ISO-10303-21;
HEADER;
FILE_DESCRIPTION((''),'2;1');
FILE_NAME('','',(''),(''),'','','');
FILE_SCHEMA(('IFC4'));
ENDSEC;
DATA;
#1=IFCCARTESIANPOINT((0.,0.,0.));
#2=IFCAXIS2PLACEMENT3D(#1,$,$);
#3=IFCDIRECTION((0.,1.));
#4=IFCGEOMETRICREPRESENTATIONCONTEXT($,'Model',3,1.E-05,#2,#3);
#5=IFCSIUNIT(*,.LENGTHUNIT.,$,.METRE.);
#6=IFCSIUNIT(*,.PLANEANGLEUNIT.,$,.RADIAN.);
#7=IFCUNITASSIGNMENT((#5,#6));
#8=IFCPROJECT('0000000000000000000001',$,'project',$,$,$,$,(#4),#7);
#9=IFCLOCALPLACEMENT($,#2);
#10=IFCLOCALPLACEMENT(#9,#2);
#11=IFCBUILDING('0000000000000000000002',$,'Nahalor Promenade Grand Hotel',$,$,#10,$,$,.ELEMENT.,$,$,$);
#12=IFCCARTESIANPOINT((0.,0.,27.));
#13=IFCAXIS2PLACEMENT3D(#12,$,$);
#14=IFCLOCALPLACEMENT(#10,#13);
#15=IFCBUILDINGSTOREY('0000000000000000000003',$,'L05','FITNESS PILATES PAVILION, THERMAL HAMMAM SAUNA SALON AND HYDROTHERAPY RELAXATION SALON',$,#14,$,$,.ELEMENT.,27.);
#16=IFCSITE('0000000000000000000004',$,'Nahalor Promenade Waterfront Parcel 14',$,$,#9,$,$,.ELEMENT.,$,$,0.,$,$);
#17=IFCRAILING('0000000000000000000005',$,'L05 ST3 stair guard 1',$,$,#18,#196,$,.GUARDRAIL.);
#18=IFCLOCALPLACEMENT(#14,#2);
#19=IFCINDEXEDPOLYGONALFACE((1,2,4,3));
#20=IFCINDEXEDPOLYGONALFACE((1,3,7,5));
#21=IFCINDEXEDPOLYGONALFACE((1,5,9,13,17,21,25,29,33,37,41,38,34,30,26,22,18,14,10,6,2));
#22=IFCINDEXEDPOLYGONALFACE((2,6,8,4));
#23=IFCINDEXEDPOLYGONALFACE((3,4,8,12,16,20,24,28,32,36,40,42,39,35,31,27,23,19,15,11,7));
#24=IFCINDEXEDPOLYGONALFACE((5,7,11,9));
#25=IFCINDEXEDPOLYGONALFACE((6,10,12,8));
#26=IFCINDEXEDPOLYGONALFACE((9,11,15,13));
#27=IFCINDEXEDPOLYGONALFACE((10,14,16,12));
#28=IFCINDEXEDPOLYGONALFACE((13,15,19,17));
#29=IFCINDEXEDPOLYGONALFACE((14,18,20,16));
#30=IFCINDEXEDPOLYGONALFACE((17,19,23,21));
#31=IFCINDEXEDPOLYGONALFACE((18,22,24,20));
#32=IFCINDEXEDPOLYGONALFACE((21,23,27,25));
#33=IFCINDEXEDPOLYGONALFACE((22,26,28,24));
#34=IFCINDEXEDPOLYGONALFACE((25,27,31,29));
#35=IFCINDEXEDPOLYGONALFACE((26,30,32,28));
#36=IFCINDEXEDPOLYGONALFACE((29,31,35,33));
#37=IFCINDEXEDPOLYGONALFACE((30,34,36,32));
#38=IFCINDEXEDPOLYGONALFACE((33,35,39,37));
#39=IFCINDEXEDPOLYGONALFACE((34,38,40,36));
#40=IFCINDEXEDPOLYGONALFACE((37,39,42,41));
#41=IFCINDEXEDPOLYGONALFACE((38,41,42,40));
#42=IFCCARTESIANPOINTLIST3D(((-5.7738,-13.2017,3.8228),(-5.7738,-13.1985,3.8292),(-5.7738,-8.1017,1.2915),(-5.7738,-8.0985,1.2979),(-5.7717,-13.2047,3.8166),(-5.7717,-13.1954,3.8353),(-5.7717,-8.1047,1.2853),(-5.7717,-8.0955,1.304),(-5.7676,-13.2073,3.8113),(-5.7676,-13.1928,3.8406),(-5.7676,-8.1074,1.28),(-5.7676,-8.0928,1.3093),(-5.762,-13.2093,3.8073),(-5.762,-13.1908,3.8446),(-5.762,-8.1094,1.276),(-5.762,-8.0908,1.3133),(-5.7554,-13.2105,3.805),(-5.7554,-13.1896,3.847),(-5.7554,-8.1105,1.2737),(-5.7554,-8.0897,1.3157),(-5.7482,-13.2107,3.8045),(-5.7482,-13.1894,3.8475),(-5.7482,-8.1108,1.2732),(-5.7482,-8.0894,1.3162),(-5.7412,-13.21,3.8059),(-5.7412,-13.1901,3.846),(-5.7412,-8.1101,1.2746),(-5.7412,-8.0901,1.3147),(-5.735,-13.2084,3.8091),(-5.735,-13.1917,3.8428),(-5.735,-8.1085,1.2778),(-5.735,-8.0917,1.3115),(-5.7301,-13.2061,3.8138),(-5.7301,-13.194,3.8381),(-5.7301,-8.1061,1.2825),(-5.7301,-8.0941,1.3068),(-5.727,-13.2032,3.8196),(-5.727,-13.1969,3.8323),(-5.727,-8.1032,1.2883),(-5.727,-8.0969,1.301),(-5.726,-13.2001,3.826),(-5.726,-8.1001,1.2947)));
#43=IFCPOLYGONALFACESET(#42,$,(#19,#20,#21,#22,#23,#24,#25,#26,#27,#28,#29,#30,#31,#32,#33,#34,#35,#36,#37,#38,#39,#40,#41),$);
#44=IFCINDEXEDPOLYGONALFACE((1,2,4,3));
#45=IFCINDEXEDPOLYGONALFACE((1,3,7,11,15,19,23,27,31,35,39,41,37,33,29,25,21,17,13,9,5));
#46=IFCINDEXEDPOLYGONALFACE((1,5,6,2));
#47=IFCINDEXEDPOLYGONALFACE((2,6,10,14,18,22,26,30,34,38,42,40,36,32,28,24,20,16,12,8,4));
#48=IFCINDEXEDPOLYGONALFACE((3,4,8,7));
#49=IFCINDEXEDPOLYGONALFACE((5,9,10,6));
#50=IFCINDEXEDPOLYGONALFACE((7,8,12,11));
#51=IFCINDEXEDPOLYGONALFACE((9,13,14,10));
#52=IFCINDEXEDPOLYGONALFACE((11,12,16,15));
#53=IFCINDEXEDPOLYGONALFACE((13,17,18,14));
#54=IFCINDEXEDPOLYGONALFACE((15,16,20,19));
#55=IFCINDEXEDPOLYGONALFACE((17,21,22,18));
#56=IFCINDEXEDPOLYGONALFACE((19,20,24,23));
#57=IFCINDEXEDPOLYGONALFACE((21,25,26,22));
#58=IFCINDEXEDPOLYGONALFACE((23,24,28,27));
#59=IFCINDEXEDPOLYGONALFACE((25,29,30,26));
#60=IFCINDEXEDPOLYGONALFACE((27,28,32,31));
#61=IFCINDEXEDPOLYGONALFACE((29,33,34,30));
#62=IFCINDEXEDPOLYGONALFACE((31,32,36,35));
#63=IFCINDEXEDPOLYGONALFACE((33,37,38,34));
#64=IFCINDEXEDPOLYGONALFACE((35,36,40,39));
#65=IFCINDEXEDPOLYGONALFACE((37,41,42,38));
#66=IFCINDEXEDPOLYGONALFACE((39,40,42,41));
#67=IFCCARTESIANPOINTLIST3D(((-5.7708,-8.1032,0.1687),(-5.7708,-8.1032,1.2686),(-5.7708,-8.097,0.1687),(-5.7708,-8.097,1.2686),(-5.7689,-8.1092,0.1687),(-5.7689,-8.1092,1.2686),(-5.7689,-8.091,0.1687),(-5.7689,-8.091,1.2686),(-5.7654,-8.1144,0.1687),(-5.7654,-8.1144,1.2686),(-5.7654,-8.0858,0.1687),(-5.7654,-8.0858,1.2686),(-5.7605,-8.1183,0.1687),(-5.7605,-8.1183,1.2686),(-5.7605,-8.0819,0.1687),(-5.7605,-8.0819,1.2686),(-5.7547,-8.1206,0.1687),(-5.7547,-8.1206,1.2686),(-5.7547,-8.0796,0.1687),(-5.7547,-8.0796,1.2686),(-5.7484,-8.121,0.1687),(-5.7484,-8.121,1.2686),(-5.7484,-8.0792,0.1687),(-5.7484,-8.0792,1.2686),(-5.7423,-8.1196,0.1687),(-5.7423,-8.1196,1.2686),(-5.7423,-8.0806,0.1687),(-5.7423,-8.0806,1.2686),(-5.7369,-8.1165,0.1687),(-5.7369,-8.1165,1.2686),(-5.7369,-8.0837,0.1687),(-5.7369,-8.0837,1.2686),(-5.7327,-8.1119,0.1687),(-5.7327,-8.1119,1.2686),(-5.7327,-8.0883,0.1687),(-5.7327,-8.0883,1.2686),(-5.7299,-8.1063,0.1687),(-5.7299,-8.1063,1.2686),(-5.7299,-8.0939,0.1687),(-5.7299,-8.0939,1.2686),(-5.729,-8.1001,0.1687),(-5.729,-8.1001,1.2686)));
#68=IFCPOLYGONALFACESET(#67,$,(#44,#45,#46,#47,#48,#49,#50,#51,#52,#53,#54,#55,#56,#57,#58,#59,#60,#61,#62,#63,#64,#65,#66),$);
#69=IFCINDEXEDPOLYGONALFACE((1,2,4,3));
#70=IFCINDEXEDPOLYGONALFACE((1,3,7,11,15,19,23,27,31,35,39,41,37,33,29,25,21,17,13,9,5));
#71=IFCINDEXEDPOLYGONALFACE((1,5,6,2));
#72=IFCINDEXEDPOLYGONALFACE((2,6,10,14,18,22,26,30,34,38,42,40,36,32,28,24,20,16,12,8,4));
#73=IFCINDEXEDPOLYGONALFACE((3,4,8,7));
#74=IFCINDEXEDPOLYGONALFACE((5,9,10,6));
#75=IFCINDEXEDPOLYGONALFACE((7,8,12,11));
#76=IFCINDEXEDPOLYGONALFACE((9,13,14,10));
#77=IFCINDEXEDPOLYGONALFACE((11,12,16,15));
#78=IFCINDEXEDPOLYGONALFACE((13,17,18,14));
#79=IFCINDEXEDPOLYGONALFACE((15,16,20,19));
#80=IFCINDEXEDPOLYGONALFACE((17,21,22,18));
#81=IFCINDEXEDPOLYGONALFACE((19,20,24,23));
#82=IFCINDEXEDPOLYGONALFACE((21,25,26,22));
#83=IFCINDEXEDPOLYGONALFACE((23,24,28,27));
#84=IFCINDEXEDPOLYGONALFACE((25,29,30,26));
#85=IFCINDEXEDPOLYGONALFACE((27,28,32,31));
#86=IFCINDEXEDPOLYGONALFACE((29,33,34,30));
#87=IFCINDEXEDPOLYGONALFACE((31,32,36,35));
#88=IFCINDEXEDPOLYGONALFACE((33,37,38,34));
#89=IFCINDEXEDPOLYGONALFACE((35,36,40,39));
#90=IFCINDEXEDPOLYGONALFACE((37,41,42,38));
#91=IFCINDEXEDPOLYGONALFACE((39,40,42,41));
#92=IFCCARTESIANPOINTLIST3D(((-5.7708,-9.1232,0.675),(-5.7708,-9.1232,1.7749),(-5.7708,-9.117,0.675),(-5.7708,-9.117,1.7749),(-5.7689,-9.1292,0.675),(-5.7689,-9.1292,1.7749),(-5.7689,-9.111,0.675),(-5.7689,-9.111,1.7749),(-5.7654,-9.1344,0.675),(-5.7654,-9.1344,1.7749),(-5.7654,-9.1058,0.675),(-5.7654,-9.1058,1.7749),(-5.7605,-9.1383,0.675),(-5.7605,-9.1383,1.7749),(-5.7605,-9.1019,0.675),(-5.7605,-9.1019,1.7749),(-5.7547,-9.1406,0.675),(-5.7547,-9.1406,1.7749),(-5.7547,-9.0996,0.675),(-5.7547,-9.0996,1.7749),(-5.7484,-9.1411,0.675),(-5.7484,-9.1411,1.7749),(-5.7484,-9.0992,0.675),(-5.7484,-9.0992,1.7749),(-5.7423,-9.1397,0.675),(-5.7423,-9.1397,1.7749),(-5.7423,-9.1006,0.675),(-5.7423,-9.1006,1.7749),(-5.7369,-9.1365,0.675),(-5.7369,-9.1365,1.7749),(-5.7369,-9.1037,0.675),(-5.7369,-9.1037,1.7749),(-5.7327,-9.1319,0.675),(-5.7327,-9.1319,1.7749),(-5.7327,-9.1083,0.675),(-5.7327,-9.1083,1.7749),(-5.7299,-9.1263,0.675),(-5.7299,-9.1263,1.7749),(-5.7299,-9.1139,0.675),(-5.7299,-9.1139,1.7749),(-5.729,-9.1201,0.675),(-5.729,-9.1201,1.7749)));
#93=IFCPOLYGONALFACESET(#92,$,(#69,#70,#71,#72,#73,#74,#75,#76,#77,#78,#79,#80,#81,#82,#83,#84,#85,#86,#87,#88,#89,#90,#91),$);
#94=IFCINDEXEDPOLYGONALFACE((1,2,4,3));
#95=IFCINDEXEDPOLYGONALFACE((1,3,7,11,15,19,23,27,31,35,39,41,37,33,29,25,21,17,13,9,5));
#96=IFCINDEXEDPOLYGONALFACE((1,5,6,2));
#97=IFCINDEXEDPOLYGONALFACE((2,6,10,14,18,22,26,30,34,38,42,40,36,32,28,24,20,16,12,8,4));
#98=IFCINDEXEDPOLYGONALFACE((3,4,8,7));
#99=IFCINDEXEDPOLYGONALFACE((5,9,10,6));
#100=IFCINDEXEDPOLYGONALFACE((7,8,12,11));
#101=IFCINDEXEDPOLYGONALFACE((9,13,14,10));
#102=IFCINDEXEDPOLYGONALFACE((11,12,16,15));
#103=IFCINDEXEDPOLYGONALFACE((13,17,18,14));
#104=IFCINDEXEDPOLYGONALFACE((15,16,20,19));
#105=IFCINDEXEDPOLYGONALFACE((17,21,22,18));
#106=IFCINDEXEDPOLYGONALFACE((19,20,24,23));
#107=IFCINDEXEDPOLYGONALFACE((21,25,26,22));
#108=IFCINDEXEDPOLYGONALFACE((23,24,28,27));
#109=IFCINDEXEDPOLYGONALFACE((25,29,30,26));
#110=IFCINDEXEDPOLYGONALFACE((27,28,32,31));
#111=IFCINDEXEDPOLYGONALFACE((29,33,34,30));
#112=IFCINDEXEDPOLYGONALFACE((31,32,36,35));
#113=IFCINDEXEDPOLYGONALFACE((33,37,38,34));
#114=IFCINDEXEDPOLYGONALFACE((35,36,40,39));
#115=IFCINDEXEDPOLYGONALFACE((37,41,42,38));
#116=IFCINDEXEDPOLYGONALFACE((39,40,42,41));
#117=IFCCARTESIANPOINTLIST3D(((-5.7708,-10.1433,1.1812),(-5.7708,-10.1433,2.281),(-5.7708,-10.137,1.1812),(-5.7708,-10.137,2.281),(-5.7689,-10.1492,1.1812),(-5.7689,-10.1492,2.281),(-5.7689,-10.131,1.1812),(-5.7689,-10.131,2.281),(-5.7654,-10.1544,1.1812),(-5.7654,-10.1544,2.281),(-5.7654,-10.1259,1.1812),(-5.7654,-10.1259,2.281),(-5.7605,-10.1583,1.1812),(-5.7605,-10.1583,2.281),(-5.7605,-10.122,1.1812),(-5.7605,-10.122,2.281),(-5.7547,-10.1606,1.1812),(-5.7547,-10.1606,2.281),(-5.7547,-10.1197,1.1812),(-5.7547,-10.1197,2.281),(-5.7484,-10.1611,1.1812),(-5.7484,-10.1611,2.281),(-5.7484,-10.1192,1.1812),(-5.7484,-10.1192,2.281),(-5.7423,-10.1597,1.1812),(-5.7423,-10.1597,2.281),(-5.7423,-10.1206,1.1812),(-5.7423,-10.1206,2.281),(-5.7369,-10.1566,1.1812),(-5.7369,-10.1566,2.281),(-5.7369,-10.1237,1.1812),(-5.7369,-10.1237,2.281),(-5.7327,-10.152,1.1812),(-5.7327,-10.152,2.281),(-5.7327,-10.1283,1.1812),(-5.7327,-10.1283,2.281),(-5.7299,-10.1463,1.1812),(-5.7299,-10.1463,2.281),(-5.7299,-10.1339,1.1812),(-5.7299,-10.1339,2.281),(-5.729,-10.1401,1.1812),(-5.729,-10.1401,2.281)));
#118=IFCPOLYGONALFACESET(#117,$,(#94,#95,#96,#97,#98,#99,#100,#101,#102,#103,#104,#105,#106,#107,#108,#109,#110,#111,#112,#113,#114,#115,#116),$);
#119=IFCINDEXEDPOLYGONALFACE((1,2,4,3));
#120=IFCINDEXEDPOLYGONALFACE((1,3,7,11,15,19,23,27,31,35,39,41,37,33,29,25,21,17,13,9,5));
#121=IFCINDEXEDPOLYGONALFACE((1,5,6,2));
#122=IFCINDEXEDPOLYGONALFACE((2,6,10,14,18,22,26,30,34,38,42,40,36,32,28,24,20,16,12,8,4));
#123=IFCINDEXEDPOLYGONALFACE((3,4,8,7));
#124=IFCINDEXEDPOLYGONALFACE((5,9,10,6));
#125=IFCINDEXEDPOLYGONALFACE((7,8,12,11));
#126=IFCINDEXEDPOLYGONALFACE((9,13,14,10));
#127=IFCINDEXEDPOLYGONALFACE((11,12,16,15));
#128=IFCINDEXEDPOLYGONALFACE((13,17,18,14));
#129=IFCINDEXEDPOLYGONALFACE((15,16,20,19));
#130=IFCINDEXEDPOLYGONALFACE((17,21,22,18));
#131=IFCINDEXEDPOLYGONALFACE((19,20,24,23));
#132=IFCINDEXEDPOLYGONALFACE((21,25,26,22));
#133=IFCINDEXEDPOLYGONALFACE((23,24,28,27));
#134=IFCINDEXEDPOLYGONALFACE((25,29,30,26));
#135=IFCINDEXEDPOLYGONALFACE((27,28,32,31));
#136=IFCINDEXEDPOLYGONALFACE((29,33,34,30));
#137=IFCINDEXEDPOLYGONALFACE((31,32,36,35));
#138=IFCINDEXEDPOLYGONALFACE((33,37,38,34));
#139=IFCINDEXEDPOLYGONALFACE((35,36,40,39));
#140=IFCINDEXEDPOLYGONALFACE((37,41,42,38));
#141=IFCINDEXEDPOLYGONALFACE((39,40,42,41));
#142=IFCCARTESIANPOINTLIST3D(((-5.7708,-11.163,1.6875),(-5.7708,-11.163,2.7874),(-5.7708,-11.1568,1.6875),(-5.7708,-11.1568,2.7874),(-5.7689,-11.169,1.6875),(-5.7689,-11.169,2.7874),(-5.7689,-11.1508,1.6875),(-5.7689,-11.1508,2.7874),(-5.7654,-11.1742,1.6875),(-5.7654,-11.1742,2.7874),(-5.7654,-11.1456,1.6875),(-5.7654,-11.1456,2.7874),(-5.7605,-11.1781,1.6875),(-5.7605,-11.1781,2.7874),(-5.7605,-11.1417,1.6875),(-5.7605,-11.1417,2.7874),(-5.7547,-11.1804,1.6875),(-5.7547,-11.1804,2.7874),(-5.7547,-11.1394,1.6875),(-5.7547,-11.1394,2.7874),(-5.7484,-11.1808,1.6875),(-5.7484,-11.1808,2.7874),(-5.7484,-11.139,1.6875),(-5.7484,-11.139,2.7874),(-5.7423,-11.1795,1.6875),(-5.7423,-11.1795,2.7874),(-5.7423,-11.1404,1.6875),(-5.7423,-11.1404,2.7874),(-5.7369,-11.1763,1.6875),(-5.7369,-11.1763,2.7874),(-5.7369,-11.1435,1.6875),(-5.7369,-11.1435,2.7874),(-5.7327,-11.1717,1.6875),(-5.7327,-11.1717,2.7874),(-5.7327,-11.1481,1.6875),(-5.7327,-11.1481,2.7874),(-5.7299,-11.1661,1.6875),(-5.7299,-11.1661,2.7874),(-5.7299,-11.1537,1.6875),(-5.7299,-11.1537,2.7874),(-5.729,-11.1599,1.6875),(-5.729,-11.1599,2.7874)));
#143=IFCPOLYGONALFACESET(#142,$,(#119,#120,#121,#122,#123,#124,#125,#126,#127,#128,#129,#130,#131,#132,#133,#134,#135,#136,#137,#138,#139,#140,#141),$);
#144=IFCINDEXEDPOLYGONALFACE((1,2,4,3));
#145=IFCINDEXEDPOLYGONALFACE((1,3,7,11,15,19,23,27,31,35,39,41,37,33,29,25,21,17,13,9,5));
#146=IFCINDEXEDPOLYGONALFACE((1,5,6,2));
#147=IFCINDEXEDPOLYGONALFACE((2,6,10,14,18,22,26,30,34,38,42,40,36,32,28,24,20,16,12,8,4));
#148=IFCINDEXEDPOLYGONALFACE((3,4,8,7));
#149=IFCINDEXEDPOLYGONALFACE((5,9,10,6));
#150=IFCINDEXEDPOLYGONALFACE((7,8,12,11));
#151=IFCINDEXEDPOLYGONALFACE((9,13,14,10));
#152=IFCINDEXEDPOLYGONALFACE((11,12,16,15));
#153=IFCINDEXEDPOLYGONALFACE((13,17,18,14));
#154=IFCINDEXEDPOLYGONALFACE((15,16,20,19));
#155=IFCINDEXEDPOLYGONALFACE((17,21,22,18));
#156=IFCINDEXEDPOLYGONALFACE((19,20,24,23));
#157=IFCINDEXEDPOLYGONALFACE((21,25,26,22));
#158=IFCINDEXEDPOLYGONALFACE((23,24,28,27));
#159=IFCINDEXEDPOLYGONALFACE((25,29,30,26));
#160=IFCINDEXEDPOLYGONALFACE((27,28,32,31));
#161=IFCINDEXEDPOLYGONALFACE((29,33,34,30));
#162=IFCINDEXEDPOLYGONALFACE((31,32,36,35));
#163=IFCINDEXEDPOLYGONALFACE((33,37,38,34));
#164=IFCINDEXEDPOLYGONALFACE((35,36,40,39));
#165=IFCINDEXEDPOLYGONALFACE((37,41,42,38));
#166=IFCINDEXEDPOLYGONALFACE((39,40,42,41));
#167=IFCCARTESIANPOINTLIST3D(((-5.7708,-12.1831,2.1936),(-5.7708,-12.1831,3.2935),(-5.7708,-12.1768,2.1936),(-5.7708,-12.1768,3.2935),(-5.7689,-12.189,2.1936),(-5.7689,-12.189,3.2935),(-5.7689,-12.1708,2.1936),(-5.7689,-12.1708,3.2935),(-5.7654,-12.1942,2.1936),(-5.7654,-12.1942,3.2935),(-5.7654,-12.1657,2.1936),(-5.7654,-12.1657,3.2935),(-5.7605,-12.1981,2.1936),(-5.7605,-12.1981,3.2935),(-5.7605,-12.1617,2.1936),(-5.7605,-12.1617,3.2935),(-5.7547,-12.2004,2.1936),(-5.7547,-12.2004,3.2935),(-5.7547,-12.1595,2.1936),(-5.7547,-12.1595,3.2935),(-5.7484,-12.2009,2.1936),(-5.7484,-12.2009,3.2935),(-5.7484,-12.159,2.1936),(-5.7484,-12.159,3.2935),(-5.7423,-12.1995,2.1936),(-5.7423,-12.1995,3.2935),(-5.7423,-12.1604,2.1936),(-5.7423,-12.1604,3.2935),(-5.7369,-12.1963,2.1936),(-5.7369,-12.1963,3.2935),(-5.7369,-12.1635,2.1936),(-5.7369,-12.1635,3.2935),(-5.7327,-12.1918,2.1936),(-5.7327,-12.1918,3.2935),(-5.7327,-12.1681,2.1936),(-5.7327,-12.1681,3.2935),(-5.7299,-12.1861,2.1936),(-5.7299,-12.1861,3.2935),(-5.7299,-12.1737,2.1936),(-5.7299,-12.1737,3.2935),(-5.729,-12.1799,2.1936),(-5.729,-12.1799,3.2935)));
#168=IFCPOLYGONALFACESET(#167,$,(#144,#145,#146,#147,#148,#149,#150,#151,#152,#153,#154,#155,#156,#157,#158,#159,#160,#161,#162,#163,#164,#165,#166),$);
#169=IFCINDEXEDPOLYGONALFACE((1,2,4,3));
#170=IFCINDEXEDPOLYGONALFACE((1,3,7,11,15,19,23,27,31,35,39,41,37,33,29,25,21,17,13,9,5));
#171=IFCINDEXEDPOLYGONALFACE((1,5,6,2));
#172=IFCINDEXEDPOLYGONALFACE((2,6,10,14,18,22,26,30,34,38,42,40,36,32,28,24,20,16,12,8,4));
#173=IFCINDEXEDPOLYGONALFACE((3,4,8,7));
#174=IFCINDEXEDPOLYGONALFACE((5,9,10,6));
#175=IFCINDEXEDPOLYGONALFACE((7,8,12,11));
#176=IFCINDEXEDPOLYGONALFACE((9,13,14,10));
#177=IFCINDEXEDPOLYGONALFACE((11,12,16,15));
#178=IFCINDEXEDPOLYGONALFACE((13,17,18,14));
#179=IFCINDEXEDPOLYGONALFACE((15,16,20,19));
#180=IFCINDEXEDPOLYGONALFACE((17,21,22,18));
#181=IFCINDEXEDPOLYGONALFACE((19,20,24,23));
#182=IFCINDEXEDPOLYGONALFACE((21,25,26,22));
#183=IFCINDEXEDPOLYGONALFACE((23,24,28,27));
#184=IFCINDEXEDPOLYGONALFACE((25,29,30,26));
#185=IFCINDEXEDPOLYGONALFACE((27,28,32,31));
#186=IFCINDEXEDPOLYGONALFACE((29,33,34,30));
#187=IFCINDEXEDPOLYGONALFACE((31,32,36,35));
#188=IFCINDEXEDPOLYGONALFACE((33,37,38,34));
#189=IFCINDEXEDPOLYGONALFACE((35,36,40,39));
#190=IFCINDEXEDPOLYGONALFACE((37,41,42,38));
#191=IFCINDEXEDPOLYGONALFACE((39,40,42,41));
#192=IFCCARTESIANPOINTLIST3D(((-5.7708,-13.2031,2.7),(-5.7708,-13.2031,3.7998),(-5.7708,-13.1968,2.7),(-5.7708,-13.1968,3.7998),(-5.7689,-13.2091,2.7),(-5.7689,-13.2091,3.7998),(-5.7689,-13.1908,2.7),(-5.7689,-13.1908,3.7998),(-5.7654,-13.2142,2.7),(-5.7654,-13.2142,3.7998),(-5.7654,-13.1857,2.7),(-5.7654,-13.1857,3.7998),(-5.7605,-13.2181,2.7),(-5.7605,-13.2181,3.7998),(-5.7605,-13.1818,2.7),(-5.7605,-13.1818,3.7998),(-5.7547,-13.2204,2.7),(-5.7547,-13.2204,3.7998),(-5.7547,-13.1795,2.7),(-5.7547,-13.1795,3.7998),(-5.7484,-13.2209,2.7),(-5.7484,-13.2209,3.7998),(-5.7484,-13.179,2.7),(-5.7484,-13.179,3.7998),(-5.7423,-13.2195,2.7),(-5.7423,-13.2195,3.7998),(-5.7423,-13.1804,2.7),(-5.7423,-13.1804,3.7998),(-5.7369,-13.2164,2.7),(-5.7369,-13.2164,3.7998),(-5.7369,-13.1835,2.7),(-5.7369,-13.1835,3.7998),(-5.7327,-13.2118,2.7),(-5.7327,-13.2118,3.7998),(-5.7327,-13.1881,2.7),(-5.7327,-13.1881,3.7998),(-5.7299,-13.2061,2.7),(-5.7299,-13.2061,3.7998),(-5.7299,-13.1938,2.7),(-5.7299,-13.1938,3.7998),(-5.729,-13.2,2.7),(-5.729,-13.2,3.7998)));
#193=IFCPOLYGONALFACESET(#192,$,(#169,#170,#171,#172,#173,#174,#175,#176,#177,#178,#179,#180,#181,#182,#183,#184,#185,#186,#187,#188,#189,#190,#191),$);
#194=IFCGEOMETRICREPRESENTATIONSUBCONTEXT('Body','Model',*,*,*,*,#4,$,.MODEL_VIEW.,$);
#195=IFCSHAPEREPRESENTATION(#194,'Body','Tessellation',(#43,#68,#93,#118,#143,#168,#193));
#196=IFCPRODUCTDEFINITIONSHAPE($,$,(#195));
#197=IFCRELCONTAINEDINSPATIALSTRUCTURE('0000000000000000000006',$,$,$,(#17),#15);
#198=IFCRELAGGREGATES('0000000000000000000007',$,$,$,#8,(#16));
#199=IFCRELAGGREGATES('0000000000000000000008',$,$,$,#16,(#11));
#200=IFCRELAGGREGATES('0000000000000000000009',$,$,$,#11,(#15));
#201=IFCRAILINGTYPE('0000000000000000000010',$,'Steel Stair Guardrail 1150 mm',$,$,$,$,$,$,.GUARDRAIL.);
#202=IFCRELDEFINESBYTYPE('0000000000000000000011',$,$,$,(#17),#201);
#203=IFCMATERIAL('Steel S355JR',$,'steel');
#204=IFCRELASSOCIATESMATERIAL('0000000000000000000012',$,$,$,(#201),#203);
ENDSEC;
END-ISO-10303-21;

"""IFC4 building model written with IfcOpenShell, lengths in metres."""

from ifc_helpers import new_model, si_unit, direction, frame, origin, origin_2d, place, context, subcontext, project, spatial, circle, extrude, material, type_object, element, save


model = new_model("IFC4")

# Units and contexts
model_context = context("Model", 3, precision=1e-05, world=origin(), true_north=direction((0.0, 1.0)))
body_context = subcontext(model_context, "Body", "Model", "MODEL_VIEW")
ifc_project = project(units=[si_unit("LENGTHUNIT", "METRE"), si_unit("PLANEANGLEUNIT", "RADIAN")], contexts=[model_context])

# Site, building, storey
site_placement = place(None, origin())
site = spatial("IfcSite", under=ifc_project, at=site_placement, Name="Nahalor Promenade Waterfront Parcel 14", CompositionType="ELEMENT", RefElevation=0.0)
building_placement = place(site_placement, origin())
building = spatial("IfcBuilding", under=site, at=building_placement, Name="Nahalor Promenade Grand Hotel", CompositionType="ELEMENT")
storey_placement = place(building_placement, frame((0.0, 0.0, 27.0)))
storey = spatial("IfcBuildingStorey", under=building, at=storey_placement, Name="L05", Description="FITNESS PILATES PAVILION, THERMAL HAMMAM SAUNA SALON AND HYDROTHERAPY RELAXATION SALON", CompositionType="ELEMENT", Elevation=27.0)

# Shared definitions
ifc_material_1 = material(Name="Steel S355JR", Category="steel")

# Railing
railing_type_1 = type_object("IfcRailingType", Name="Steel Stair Guardrail 1150 mm", PredefinedType="GUARDRAIL", material=ifc_material_1)
railing_1_placement = place(storey_placement, frame((-5.75, -8.1001, 0.1687)))
element("IfcRailing", 1, at=railing_1_placement, inside=storey, type_object=railing_type_1, Name="L05 ST3 stair guard 1", PredefinedType="GUARDRAIL", context=body_context, shape_type="SweptSolid", body=[
    extrude(circle(Radius=0.024, at=origin_2d()), frame((0.0, 0.0, 1.126), z_axis=(0.0, -0.895735, 0.444587), x_axis=(1.0, 0.0, 0.0)), (0.0, 0.0, 1.0), 5.6936),
    extrude(circle(Radius=0.021, at=origin_2d()), origin(), (0.0, 0.0, 1.0), 1.0999),
    extrude(circle(Radius=0.021, at=origin_2d()), frame((0.0, -1.02, 0.5063)), (0.0, 0.0, 1.0), 1.0999),
    extrude(circle(Radius=0.021, at=origin_2d()), frame((0.0, -2.04, 1.0125)), (0.0, 0.0, 1.0), 1.0999),
    extrude(circle(Radius=0.021, at=origin_2d()), frame((0.0, -3.0598, 1.5188)), (0.0, 0.0, 1.0), 1.0999),
    extrude(circle(Radius=0.021, at=origin_2d()), frame((0.0, -4.0798, 2.0249)), (0.0, 0.0, 1.0), 1.0999),
    extrude(circle(Radius=0.021, at=origin_2d()), frame((0.0, -5.0999, 2.5312)), (0.0, 0.0, 1.0), 1.0999),
])

save(model, "model.ifc")
